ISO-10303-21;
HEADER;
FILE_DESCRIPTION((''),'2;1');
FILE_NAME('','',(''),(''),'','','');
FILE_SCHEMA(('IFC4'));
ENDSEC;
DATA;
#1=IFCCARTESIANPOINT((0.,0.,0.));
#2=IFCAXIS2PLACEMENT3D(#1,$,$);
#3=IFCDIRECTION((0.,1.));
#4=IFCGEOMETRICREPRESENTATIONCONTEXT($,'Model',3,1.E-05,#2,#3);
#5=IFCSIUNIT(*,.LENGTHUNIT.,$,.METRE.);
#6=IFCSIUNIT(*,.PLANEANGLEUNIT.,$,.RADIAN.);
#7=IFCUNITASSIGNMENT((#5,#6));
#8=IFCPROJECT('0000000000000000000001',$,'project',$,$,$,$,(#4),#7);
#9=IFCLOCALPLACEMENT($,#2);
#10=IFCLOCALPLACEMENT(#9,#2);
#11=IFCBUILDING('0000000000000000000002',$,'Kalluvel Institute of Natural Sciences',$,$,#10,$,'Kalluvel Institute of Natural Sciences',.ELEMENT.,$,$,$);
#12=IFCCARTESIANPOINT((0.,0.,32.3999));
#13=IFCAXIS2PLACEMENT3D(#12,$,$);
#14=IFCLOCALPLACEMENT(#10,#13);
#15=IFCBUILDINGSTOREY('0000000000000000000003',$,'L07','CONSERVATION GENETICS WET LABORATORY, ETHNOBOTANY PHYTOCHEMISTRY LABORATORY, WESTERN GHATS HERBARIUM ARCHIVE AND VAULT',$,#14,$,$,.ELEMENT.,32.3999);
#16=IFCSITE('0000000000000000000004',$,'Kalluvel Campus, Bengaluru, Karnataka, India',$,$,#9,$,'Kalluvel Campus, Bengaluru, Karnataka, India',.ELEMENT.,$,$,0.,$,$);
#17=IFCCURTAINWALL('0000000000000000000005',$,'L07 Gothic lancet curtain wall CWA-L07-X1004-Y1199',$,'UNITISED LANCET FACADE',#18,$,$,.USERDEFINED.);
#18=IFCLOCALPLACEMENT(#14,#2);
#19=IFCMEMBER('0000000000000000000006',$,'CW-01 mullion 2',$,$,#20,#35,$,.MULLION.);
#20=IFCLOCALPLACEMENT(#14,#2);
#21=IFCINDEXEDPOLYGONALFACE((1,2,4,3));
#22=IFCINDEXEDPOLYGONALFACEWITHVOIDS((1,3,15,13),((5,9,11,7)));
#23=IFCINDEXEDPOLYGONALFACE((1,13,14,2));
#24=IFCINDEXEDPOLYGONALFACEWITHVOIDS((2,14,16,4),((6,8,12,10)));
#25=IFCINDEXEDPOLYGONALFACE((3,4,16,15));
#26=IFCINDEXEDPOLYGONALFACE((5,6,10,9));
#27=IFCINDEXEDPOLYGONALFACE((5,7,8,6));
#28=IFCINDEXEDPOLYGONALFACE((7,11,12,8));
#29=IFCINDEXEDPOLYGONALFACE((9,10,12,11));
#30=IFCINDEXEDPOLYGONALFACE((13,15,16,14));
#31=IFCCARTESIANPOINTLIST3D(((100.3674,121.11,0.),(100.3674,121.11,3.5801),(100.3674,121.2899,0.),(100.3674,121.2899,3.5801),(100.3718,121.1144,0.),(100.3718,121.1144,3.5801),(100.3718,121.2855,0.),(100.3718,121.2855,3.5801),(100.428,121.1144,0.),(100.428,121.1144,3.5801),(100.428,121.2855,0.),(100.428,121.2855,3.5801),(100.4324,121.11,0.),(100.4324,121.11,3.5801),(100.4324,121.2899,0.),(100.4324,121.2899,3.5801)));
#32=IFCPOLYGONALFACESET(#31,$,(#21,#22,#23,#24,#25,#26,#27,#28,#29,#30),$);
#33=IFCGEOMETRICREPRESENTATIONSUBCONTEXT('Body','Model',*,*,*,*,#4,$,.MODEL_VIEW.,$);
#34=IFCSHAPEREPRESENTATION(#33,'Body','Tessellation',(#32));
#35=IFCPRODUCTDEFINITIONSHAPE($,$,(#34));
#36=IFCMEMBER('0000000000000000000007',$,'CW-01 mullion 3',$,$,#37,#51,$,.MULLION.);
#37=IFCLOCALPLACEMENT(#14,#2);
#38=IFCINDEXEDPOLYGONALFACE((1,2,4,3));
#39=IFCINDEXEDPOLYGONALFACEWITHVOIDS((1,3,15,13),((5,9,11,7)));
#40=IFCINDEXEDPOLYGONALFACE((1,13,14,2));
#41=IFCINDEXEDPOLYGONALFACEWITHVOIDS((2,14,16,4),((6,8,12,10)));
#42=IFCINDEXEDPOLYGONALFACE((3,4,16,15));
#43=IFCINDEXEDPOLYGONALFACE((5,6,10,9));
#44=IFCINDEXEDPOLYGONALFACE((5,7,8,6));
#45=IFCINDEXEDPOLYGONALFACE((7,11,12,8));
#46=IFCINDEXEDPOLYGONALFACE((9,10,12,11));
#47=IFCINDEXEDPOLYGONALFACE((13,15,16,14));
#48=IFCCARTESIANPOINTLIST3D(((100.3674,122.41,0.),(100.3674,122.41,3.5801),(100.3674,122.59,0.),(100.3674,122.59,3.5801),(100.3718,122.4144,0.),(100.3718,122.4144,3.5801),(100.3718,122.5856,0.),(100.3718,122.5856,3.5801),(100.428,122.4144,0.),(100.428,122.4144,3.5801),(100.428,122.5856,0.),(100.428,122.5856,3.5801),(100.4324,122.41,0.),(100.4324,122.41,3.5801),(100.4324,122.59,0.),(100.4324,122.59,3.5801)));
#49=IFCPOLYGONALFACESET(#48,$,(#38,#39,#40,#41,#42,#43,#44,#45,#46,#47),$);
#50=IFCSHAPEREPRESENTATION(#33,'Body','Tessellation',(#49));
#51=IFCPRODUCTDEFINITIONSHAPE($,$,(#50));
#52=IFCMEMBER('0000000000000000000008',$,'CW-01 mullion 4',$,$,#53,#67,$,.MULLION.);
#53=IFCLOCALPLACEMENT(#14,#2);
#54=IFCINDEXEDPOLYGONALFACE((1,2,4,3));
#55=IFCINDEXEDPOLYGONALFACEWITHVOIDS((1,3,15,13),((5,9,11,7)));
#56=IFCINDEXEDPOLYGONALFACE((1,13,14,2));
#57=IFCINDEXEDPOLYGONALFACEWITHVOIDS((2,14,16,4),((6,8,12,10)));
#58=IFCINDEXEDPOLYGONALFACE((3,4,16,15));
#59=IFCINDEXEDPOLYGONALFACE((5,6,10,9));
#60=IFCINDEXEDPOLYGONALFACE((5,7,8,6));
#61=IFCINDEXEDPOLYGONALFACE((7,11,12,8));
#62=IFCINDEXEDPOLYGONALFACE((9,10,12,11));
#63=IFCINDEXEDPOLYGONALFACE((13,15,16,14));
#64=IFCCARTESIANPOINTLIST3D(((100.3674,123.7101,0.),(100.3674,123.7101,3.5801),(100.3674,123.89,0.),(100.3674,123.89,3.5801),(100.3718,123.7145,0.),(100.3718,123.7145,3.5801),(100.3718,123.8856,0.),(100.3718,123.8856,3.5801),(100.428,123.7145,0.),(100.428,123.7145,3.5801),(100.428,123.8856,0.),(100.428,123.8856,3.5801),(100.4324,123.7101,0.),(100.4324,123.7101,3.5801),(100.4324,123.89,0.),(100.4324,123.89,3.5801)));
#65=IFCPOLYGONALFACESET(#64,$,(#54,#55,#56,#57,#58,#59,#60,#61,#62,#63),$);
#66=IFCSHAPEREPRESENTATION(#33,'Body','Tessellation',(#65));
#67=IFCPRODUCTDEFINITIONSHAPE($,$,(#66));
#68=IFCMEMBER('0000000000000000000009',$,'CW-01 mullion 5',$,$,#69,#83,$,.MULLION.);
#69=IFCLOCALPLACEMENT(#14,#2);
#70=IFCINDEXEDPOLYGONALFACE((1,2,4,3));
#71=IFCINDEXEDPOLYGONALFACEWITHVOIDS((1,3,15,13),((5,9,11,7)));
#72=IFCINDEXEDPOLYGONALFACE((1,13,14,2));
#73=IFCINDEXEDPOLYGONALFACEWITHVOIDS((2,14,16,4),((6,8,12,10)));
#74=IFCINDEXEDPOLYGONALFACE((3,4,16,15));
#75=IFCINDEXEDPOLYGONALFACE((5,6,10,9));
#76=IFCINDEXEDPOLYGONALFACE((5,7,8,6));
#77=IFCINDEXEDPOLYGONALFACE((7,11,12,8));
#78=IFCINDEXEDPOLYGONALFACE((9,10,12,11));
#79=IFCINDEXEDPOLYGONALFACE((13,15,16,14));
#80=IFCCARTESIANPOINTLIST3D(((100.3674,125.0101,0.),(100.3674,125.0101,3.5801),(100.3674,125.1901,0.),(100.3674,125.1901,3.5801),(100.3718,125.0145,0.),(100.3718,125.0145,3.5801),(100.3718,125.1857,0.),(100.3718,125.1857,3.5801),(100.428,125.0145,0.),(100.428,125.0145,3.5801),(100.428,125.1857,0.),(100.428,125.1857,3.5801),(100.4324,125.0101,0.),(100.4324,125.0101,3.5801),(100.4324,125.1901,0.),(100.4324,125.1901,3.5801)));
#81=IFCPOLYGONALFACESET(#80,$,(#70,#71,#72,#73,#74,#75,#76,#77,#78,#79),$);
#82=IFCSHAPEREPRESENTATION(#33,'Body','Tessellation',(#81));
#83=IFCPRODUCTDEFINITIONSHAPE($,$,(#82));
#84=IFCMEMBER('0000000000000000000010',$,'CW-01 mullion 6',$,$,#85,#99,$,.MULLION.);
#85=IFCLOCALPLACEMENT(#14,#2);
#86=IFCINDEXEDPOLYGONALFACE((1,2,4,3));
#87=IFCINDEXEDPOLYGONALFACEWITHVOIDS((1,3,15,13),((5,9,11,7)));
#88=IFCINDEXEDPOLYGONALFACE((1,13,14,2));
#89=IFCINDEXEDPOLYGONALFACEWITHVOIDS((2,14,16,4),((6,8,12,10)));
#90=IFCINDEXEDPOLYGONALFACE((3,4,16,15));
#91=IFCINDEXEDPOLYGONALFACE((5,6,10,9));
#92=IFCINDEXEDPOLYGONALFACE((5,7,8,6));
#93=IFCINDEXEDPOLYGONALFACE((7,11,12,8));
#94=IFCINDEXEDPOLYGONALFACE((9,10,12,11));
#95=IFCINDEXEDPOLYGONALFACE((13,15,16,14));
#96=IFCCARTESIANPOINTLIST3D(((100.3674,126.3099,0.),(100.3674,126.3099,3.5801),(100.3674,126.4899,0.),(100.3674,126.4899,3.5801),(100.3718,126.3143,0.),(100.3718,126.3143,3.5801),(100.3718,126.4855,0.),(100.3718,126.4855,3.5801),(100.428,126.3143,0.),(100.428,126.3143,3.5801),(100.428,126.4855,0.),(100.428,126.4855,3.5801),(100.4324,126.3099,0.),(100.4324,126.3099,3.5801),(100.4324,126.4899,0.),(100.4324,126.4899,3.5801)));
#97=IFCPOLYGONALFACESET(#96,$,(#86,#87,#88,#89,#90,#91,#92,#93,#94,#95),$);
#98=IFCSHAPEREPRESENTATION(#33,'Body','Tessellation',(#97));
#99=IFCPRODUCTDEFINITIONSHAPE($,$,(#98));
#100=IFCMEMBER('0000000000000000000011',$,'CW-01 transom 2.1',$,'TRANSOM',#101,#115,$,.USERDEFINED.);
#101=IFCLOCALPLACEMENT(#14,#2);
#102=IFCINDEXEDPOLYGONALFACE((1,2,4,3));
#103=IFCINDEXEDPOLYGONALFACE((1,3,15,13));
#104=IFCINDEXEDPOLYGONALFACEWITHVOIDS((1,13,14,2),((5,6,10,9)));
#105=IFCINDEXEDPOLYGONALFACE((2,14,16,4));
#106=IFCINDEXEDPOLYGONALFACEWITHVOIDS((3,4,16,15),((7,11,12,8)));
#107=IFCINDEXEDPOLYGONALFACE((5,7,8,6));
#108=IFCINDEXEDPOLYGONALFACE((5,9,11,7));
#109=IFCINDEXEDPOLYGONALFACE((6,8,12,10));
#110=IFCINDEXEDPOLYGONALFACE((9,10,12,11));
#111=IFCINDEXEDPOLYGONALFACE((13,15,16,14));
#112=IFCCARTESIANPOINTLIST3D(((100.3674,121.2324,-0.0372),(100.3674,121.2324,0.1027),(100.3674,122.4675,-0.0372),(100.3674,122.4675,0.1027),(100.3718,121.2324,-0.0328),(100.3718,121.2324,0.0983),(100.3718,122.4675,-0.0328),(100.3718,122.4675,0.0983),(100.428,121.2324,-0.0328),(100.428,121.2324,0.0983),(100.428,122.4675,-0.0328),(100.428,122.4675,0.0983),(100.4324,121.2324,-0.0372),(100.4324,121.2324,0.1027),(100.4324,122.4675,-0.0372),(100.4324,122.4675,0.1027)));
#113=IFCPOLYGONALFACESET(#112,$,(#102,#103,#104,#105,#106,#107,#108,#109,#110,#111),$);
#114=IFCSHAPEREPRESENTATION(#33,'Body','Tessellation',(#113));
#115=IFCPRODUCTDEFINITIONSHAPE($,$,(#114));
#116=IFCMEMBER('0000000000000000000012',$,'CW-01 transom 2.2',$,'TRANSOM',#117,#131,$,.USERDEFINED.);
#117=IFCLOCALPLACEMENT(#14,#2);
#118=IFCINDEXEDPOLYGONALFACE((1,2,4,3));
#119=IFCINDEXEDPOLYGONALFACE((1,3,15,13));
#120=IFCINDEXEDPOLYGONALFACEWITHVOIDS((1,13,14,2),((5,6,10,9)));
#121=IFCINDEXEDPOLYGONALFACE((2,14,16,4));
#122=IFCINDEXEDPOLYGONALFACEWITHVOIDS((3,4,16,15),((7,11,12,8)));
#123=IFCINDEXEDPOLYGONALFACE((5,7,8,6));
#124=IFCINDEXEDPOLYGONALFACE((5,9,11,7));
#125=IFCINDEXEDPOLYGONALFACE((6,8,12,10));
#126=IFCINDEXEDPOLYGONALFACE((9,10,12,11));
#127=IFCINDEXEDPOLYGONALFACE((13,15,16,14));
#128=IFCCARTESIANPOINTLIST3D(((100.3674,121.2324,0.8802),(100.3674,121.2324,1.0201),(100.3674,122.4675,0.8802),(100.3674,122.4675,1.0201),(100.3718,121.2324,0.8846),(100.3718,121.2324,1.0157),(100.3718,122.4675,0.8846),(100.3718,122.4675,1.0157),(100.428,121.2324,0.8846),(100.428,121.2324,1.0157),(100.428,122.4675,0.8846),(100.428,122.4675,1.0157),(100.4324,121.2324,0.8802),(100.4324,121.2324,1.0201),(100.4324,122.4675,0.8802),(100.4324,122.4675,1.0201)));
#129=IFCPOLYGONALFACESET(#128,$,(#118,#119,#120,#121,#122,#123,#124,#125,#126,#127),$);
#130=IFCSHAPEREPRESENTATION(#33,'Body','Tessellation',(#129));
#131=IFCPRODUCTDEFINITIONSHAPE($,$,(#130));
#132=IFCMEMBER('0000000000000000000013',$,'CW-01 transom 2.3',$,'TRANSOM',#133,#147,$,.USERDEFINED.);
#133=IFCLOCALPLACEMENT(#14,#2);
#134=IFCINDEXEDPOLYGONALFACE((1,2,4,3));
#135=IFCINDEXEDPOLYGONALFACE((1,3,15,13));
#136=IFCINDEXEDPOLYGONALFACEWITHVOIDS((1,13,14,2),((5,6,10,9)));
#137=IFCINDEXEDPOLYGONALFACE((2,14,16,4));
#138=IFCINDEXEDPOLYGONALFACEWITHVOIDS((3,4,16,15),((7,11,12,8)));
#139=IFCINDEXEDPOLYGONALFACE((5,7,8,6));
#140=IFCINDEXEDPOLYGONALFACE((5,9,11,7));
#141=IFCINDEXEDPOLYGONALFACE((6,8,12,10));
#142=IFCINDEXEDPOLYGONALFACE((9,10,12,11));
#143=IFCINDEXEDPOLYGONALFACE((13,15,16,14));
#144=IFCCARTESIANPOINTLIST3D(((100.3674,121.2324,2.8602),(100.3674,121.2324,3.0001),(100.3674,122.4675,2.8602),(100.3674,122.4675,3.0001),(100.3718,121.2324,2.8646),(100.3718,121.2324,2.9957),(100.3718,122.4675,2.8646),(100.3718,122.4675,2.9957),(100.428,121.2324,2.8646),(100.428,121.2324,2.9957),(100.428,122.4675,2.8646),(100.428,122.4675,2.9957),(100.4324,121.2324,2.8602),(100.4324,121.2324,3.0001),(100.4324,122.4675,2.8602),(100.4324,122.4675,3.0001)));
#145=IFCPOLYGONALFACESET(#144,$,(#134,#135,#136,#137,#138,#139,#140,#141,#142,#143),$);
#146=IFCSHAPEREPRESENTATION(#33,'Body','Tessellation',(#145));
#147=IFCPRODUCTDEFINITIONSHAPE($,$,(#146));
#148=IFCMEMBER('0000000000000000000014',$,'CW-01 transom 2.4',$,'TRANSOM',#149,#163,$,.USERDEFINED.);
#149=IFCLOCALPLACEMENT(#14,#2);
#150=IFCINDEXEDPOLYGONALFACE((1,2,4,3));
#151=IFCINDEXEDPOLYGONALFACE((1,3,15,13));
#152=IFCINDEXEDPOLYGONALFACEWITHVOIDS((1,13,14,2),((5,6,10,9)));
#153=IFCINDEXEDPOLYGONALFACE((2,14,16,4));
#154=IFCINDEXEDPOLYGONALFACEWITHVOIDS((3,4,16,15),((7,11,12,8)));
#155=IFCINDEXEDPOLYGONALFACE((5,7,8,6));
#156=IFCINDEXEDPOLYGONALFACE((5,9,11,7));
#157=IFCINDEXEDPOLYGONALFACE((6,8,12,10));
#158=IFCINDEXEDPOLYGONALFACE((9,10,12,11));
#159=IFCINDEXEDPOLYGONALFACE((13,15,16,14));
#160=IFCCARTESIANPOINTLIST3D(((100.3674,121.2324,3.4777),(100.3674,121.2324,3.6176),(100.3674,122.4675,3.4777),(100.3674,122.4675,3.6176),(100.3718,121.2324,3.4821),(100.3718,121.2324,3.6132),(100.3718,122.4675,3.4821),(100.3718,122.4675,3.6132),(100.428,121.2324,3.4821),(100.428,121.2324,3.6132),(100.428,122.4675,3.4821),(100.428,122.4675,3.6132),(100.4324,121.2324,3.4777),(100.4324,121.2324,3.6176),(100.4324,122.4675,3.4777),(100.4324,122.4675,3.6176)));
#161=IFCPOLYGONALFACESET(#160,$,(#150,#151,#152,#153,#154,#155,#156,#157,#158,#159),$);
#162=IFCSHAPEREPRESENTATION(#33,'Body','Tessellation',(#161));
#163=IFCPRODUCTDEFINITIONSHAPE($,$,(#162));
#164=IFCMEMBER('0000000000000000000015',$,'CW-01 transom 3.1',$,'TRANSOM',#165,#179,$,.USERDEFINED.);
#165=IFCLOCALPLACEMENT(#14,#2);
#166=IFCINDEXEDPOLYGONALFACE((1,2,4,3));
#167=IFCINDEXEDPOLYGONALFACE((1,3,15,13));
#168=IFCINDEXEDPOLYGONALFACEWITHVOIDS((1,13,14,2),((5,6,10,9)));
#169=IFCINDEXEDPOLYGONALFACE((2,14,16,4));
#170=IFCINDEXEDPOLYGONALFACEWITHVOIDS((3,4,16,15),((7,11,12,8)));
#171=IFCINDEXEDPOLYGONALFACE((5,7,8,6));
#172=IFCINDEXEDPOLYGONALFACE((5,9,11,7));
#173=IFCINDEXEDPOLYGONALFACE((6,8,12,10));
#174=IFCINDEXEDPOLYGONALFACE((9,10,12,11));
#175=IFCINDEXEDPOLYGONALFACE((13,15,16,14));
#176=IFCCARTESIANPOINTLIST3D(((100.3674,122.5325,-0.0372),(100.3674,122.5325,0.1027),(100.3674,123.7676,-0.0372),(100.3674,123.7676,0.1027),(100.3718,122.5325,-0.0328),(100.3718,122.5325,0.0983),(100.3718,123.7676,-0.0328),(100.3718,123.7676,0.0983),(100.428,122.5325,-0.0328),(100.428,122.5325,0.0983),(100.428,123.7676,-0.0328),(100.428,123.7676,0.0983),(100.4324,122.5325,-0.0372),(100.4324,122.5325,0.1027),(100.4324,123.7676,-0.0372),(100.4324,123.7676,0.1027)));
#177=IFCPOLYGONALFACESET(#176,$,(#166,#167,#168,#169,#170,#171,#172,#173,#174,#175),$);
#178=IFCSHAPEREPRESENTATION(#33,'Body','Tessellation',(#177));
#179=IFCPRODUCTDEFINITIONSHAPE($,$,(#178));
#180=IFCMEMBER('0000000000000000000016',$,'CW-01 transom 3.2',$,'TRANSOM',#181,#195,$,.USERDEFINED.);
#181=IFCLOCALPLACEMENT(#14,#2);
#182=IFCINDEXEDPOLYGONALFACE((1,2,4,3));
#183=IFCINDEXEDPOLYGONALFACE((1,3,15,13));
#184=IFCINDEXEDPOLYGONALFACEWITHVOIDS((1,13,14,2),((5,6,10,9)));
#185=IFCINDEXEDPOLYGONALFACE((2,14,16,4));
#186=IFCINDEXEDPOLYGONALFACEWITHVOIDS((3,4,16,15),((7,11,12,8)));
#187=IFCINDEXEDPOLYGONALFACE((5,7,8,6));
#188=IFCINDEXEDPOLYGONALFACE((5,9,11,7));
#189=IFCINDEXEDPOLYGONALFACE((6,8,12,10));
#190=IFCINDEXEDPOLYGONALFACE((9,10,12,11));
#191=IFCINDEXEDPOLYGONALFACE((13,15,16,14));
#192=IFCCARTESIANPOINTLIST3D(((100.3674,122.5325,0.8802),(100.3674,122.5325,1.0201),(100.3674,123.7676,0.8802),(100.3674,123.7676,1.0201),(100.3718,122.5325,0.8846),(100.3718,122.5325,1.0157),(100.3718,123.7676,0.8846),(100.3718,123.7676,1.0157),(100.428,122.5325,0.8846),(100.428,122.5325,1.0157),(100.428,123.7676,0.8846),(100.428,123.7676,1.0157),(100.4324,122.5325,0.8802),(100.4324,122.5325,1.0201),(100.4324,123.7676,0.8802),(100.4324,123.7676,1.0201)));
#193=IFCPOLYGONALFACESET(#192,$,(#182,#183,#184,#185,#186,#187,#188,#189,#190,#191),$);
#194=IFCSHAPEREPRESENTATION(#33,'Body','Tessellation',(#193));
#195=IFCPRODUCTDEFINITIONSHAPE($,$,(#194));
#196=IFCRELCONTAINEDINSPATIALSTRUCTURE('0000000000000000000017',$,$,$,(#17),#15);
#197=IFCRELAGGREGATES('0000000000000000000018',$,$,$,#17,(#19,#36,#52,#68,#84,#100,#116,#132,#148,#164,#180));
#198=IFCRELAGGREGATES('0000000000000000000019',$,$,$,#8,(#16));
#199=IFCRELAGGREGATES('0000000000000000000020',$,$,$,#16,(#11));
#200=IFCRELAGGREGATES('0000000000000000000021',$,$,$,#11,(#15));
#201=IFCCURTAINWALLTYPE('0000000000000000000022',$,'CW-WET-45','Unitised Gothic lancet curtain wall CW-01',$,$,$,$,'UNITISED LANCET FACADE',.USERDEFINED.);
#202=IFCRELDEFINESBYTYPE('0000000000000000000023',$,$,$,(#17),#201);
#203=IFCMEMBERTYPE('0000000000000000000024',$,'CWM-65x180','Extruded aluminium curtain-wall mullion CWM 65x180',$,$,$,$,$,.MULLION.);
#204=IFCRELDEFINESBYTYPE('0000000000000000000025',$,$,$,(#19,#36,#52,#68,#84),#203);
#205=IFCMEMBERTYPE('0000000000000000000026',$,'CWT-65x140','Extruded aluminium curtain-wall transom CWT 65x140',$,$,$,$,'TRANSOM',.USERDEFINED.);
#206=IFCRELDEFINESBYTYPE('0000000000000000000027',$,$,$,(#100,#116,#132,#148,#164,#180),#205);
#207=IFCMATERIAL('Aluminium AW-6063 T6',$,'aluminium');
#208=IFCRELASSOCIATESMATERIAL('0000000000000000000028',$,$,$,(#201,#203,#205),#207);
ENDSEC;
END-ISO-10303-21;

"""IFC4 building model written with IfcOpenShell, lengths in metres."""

from ifc_helpers import new_model, si_unit, direction, frame, origin, origin_2d, place, context, subcontext, project, spatial, hollow_rectangle, extrude, material, material_profile, profile_set, type_object, element, aggregate, save


model = new_model("IFC4")

# Units and contexts
model_context = context("Model", 3, precision=1e-05, world=origin(), true_north=direction((0.0, 1.0)))
body_context = subcontext(model_context, "Body", "Model", "MODEL_VIEW")
ifc_project = project(units=[si_unit("LENGTHUNIT", "METRE"), si_unit("PLANEANGLEUNIT", "RADIAN")], contexts=[model_context])

# Site, building, storey
site_placement = place(None, origin())
site = spatial("IfcSite", under=ifc_project, at=site_placement, Name="Kalluvel Campus, Bengaluru, Karnataka, India", LongName="Kalluvel Campus, Bengaluru, Karnataka, India", CompositionType="ELEMENT", RefElevation=0.0)
building_placement = place(site_placement, origin())
building = spatial("IfcBuilding", under=site, at=building_placement, Name="Kalluvel Institute of Natural Sciences", LongName="Kalluvel Institute of Natural Sciences", CompositionType="ELEMENT")
storey_placement = place(building_placement, frame((0.0, 0.0, 32.3999)))
storey = spatial("IfcBuildingStorey", under=building, at=storey_placement, Name="L07", Description="CONSERVATION GENETICS WET LABORATORY, ETHNOBOTANY PHYTOCHEMISTRY LABORATORY, WESTERN GHATS HERBARIUM ARCHIVE AND VAULT", CompositionType="ELEMENT", Elevation=32.3999)

# Curtain wall, members
ifc_material_1 = material(Name="Aluminium AW-6063 T6", Category="aluminium")
curtain_wall_type = type_object("IfcCurtainWallType", Name="CW-WET-45", Description="Unitised Gothic lancet curtain wall CW-01", ElementType="UNITISED LANCET FACADE", PredefinedType="USERDEFINED", material=ifc_material_1)
curtain_wall_placement = place(storey_placement, origin())
curtain_wall = element("IfcCurtainWall", 1, at=curtain_wall_placement, inside=storey, type_object=curtain_wall_type, Name="L07 Gothic lancet curtain wall CWA-L07-X1004-Y1199", ObjectType="UNITISED LANCET FACADE", PredefinedType="USERDEFINED")
ifc_material_profile_1 = material_profile(ifc_material_1, hollow_rectangle(XDim=0.0649, YDim=0.1799, WallThickness=0.0044, at=origin_2d()), Name="CWM 65x180")
ifc_profile_set_1 = profile_set([ifc_material_profile_1], Name="Aluminium AW-6063 T6")
member_type_1 = type_object("IfcMemberType", Name="CWM-65x180", Description="Extruded aluminium curtain-wall mullion CWM 65x180", PredefinedType="MULLION", material=ifc_profile_set_1)
member_1_placement = place(storey_placement, frame((100.3999, 121.2, 0.0), z_axis=(0.0, 0.0, 1.0), x_axis=(-1.0, 0.0, 0.0)))
member_1 = element("IfcMember", 2, at=member_1_placement, type_object=member_type_1, Name="CW-01 mullion 2", PredefinedType="MULLION", context=body_context, shape_type="SweptSolid", body=[
    extrude(hollow_rectangle(XDim=0.0649, YDim=0.1799, WallThickness=0.0044, at=origin_2d()), origin(), (0.0, 0.0, 1.0), 3.5801),
])
member_2_placement = place(storey_placement, frame((100.3999, 122.5, 0.0), z_axis=(0.0, 0.0, 1.0), x_axis=(-1.0, 0.0, 0.0)))
member_2 = element("IfcMember", 3, at=member_2_placement, type_object=member_type_1, Name="CW-01 mullion 3", PredefinedType="MULLION", context=body_context, shape_type="SweptSolid", body=[
    extrude(hollow_rectangle(XDim=0.0649, YDim=0.1799, WallThickness=0.0044, at=origin_2d()), origin(), (0.0, 0.0, 1.0), 3.5801),
])
member_3_placement = place(storey_placement, frame((100.3999, 123.8, 0.0), z_axis=(0.0, 0.0, 1.0), x_axis=(-1.0, 0.0, 0.0)))
member_3 = element("IfcMember", 4, at=member_3_placement, type_object=member_type_1, Name="CW-01 mullion 4", PredefinedType="MULLION", context=body_context, shape_type="SweptSolid", body=[
    extrude(hollow_rectangle(XDim=0.0649, YDim=0.1799, WallThickness=0.0044, at=origin_2d()), origin(), (0.0, 0.0, 1.0), 3.5801),
])
member_4_placement = place(storey_placement, frame((100.3999, 125.1001, 0.0), z_axis=(0.0, 0.0, 1.0), x_axis=(-1.0, 0.0, 0.0)))
member_4 = element("IfcMember", 5, at=member_4_placement, type_object=member_type_1, Name="CW-01 mullion 5", PredefinedType="MULLION", context=body_context, shape_type="SweptSolid", body=[
    extrude(hollow_rectangle(XDim=0.0649, YDim=0.1799, WallThickness=0.0044, at=origin_2d()), origin(), (0.0, 0.0, 1.0), 3.5801),
])
member_5_placement = place(storey_placement, frame((100.3999, 126.3999, 0.0), z_axis=(0.0, 0.0, 1.0), x_axis=(-1.0, 0.0, 0.0)))
member_5 = element("IfcMember", 6, at=member_5_placement, type_object=member_type_1, Name="CW-01 mullion 6", PredefinedType="MULLION", context=body_context, shape_type="SweptSolid", body=[
    extrude(hollow_rectangle(XDim=0.0649, YDim=0.1799, WallThickness=0.0044, at=origin_2d()), origin(), (0.0, 0.0, 1.0), 3.5801),
])
ifc_material_profile_2 = material_profile(ifc_material_1, hollow_rectangle(XDim=0.0649, YDim=0.1399, WallThickness=0.0044, at=origin_2d()), Name="CWT 65x140")
ifc_profile_set_2 = profile_set([ifc_material_profile_2], Name="Aluminium AW-6063 T6")
member_type_2 = type_object("IfcMemberType", Name="CWT-65x140", Description="Extruded aluminium curtain-wall transom CWT 65x140", ElementType="TRANSOM", PredefinedType="USERDEFINED", material=ifc_profile_set_2)
member_6_placement = place(storey_placement, frame((100.3999, 121.2324, 0.0327), z_axis=(0.0, 1.0, 0.0), x_axis=(-1.0, 0.0, 0.0)))
member_6 = element("IfcMember", 7, at=member_6_placement, type_object=member_type_2, Name="CW-01 transom 2.1", ObjectType="TRANSOM", PredefinedType="USERDEFINED", context=body_context, shape_type="SweptSolid", body=[
    extrude(hollow_rectangle(XDim=0.0649, YDim=0.1399, WallThickness=0.0044, at=origin_2d()), origin(), (0.0, 0.0, 1.0), 1.2351),
])
member_7_placement = place(storey_placement, frame((100.3999, 121.2324, 0.9502), z_axis=(0.0, 1.0, 0.0), x_axis=(-1.0, 0.0, 0.0)))
member_7 = element("IfcMember", 8, at=member_7_placement, type_object=member_type_2, Name="CW-01 transom 2.2", ObjectType="TRANSOM", PredefinedType="USERDEFINED", context=body_context, shape_type="SweptSolid", body=[
    extrude(hollow_rectangle(XDim=0.0649, YDim=0.1399, WallThickness=0.0044, at=origin_2d()), origin(), (0.0, 0.0, 1.0), 1.2351),
])
member_8_placement = place(storey_placement, frame((100.3999, 121.2324, 2.9302), z_axis=(0.0, 1.0, 0.0), x_axis=(-1.0, 0.0, 0.0)))
member_8 = element("IfcMember", 9, at=member_8_placement, type_object=member_type_2, Name="CW-01 transom 2.3", ObjectType="TRANSOM", PredefinedType="USERDEFINED", context=body_context, shape_type="SweptSolid", body=[
    extrude(hollow_rectangle(XDim=0.0649, YDim=0.1399, WallThickness=0.0044, at=origin_2d()), origin(), (0.0, 0.0, 1.0), 1.2351),
])
member_9_placement = place(storey_placement, frame((100.3999, 121.2324, 3.5476), z_axis=(0.0, 1.0, 0.0), x_axis=(-1.0, 0.0, 0.0)))
member_9 = element("IfcMember", 10, at=member_9_placement, type_object=member_type_2, Name="CW-01 transom 2.4", ObjectType="TRANSOM", PredefinedType="USERDEFINED", context=body_context, shape_type="SweptSolid", body=[
    extrude(hollow_rectangle(XDim=0.0649, YDim=0.1399, WallThickness=0.0044, at=origin_2d()), origin(), (0.0, 0.0, 1.0), 1.2351),
])
member_10_placement = place(storey_placement, frame((100.3999, 122.5325, 0.0327), z_axis=(0.0, 1.0, 0.0), x_axis=(-1.0, 0.0, 0.0)))
member_10 = element("IfcMember", 11, at=member_10_placement, type_object=member_type_2, Name="CW-01 transom 3.1", ObjectType="TRANSOM", PredefinedType="USERDEFINED", context=body_context, shape_type="SweptSolid", body=[
    extrude(hollow_rectangle(XDim=0.0649, YDim=0.1399, WallThickness=0.0044, at=origin_2d()), origin(), (0.0, 0.0, 1.0), 1.2351),
])
member_11_placement = place(storey_placement, frame((100.3999, 122.5325, 0.9502), z_axis=(0.0, 1.0, 0.0), x_axis=(-1.0, 0.0, 0.0)))
member_11 = element("IfcMember", 12, at=member_11_placement, type_object=member_type_2, Name="CW-01 transom 3.2", ObjectType="TRANSOM", PredefinedType="USERDEFINED", context=body_context, shape_type="SweptSolid", body=[
    extrude(hollow_rectangle(XDim=0.0649, YDim=0.1399, WallThickness=0.0044, at=origin_2d()), origin(), (0.0, 0.0, 1.0), 1.2351),
])
aggregate(curtain_wall, [member_1, member_2, member_3, member_4, member_5, member_6, member_7, member_8, member_9, member_10, member_11])

save(model, "model.ifc")
